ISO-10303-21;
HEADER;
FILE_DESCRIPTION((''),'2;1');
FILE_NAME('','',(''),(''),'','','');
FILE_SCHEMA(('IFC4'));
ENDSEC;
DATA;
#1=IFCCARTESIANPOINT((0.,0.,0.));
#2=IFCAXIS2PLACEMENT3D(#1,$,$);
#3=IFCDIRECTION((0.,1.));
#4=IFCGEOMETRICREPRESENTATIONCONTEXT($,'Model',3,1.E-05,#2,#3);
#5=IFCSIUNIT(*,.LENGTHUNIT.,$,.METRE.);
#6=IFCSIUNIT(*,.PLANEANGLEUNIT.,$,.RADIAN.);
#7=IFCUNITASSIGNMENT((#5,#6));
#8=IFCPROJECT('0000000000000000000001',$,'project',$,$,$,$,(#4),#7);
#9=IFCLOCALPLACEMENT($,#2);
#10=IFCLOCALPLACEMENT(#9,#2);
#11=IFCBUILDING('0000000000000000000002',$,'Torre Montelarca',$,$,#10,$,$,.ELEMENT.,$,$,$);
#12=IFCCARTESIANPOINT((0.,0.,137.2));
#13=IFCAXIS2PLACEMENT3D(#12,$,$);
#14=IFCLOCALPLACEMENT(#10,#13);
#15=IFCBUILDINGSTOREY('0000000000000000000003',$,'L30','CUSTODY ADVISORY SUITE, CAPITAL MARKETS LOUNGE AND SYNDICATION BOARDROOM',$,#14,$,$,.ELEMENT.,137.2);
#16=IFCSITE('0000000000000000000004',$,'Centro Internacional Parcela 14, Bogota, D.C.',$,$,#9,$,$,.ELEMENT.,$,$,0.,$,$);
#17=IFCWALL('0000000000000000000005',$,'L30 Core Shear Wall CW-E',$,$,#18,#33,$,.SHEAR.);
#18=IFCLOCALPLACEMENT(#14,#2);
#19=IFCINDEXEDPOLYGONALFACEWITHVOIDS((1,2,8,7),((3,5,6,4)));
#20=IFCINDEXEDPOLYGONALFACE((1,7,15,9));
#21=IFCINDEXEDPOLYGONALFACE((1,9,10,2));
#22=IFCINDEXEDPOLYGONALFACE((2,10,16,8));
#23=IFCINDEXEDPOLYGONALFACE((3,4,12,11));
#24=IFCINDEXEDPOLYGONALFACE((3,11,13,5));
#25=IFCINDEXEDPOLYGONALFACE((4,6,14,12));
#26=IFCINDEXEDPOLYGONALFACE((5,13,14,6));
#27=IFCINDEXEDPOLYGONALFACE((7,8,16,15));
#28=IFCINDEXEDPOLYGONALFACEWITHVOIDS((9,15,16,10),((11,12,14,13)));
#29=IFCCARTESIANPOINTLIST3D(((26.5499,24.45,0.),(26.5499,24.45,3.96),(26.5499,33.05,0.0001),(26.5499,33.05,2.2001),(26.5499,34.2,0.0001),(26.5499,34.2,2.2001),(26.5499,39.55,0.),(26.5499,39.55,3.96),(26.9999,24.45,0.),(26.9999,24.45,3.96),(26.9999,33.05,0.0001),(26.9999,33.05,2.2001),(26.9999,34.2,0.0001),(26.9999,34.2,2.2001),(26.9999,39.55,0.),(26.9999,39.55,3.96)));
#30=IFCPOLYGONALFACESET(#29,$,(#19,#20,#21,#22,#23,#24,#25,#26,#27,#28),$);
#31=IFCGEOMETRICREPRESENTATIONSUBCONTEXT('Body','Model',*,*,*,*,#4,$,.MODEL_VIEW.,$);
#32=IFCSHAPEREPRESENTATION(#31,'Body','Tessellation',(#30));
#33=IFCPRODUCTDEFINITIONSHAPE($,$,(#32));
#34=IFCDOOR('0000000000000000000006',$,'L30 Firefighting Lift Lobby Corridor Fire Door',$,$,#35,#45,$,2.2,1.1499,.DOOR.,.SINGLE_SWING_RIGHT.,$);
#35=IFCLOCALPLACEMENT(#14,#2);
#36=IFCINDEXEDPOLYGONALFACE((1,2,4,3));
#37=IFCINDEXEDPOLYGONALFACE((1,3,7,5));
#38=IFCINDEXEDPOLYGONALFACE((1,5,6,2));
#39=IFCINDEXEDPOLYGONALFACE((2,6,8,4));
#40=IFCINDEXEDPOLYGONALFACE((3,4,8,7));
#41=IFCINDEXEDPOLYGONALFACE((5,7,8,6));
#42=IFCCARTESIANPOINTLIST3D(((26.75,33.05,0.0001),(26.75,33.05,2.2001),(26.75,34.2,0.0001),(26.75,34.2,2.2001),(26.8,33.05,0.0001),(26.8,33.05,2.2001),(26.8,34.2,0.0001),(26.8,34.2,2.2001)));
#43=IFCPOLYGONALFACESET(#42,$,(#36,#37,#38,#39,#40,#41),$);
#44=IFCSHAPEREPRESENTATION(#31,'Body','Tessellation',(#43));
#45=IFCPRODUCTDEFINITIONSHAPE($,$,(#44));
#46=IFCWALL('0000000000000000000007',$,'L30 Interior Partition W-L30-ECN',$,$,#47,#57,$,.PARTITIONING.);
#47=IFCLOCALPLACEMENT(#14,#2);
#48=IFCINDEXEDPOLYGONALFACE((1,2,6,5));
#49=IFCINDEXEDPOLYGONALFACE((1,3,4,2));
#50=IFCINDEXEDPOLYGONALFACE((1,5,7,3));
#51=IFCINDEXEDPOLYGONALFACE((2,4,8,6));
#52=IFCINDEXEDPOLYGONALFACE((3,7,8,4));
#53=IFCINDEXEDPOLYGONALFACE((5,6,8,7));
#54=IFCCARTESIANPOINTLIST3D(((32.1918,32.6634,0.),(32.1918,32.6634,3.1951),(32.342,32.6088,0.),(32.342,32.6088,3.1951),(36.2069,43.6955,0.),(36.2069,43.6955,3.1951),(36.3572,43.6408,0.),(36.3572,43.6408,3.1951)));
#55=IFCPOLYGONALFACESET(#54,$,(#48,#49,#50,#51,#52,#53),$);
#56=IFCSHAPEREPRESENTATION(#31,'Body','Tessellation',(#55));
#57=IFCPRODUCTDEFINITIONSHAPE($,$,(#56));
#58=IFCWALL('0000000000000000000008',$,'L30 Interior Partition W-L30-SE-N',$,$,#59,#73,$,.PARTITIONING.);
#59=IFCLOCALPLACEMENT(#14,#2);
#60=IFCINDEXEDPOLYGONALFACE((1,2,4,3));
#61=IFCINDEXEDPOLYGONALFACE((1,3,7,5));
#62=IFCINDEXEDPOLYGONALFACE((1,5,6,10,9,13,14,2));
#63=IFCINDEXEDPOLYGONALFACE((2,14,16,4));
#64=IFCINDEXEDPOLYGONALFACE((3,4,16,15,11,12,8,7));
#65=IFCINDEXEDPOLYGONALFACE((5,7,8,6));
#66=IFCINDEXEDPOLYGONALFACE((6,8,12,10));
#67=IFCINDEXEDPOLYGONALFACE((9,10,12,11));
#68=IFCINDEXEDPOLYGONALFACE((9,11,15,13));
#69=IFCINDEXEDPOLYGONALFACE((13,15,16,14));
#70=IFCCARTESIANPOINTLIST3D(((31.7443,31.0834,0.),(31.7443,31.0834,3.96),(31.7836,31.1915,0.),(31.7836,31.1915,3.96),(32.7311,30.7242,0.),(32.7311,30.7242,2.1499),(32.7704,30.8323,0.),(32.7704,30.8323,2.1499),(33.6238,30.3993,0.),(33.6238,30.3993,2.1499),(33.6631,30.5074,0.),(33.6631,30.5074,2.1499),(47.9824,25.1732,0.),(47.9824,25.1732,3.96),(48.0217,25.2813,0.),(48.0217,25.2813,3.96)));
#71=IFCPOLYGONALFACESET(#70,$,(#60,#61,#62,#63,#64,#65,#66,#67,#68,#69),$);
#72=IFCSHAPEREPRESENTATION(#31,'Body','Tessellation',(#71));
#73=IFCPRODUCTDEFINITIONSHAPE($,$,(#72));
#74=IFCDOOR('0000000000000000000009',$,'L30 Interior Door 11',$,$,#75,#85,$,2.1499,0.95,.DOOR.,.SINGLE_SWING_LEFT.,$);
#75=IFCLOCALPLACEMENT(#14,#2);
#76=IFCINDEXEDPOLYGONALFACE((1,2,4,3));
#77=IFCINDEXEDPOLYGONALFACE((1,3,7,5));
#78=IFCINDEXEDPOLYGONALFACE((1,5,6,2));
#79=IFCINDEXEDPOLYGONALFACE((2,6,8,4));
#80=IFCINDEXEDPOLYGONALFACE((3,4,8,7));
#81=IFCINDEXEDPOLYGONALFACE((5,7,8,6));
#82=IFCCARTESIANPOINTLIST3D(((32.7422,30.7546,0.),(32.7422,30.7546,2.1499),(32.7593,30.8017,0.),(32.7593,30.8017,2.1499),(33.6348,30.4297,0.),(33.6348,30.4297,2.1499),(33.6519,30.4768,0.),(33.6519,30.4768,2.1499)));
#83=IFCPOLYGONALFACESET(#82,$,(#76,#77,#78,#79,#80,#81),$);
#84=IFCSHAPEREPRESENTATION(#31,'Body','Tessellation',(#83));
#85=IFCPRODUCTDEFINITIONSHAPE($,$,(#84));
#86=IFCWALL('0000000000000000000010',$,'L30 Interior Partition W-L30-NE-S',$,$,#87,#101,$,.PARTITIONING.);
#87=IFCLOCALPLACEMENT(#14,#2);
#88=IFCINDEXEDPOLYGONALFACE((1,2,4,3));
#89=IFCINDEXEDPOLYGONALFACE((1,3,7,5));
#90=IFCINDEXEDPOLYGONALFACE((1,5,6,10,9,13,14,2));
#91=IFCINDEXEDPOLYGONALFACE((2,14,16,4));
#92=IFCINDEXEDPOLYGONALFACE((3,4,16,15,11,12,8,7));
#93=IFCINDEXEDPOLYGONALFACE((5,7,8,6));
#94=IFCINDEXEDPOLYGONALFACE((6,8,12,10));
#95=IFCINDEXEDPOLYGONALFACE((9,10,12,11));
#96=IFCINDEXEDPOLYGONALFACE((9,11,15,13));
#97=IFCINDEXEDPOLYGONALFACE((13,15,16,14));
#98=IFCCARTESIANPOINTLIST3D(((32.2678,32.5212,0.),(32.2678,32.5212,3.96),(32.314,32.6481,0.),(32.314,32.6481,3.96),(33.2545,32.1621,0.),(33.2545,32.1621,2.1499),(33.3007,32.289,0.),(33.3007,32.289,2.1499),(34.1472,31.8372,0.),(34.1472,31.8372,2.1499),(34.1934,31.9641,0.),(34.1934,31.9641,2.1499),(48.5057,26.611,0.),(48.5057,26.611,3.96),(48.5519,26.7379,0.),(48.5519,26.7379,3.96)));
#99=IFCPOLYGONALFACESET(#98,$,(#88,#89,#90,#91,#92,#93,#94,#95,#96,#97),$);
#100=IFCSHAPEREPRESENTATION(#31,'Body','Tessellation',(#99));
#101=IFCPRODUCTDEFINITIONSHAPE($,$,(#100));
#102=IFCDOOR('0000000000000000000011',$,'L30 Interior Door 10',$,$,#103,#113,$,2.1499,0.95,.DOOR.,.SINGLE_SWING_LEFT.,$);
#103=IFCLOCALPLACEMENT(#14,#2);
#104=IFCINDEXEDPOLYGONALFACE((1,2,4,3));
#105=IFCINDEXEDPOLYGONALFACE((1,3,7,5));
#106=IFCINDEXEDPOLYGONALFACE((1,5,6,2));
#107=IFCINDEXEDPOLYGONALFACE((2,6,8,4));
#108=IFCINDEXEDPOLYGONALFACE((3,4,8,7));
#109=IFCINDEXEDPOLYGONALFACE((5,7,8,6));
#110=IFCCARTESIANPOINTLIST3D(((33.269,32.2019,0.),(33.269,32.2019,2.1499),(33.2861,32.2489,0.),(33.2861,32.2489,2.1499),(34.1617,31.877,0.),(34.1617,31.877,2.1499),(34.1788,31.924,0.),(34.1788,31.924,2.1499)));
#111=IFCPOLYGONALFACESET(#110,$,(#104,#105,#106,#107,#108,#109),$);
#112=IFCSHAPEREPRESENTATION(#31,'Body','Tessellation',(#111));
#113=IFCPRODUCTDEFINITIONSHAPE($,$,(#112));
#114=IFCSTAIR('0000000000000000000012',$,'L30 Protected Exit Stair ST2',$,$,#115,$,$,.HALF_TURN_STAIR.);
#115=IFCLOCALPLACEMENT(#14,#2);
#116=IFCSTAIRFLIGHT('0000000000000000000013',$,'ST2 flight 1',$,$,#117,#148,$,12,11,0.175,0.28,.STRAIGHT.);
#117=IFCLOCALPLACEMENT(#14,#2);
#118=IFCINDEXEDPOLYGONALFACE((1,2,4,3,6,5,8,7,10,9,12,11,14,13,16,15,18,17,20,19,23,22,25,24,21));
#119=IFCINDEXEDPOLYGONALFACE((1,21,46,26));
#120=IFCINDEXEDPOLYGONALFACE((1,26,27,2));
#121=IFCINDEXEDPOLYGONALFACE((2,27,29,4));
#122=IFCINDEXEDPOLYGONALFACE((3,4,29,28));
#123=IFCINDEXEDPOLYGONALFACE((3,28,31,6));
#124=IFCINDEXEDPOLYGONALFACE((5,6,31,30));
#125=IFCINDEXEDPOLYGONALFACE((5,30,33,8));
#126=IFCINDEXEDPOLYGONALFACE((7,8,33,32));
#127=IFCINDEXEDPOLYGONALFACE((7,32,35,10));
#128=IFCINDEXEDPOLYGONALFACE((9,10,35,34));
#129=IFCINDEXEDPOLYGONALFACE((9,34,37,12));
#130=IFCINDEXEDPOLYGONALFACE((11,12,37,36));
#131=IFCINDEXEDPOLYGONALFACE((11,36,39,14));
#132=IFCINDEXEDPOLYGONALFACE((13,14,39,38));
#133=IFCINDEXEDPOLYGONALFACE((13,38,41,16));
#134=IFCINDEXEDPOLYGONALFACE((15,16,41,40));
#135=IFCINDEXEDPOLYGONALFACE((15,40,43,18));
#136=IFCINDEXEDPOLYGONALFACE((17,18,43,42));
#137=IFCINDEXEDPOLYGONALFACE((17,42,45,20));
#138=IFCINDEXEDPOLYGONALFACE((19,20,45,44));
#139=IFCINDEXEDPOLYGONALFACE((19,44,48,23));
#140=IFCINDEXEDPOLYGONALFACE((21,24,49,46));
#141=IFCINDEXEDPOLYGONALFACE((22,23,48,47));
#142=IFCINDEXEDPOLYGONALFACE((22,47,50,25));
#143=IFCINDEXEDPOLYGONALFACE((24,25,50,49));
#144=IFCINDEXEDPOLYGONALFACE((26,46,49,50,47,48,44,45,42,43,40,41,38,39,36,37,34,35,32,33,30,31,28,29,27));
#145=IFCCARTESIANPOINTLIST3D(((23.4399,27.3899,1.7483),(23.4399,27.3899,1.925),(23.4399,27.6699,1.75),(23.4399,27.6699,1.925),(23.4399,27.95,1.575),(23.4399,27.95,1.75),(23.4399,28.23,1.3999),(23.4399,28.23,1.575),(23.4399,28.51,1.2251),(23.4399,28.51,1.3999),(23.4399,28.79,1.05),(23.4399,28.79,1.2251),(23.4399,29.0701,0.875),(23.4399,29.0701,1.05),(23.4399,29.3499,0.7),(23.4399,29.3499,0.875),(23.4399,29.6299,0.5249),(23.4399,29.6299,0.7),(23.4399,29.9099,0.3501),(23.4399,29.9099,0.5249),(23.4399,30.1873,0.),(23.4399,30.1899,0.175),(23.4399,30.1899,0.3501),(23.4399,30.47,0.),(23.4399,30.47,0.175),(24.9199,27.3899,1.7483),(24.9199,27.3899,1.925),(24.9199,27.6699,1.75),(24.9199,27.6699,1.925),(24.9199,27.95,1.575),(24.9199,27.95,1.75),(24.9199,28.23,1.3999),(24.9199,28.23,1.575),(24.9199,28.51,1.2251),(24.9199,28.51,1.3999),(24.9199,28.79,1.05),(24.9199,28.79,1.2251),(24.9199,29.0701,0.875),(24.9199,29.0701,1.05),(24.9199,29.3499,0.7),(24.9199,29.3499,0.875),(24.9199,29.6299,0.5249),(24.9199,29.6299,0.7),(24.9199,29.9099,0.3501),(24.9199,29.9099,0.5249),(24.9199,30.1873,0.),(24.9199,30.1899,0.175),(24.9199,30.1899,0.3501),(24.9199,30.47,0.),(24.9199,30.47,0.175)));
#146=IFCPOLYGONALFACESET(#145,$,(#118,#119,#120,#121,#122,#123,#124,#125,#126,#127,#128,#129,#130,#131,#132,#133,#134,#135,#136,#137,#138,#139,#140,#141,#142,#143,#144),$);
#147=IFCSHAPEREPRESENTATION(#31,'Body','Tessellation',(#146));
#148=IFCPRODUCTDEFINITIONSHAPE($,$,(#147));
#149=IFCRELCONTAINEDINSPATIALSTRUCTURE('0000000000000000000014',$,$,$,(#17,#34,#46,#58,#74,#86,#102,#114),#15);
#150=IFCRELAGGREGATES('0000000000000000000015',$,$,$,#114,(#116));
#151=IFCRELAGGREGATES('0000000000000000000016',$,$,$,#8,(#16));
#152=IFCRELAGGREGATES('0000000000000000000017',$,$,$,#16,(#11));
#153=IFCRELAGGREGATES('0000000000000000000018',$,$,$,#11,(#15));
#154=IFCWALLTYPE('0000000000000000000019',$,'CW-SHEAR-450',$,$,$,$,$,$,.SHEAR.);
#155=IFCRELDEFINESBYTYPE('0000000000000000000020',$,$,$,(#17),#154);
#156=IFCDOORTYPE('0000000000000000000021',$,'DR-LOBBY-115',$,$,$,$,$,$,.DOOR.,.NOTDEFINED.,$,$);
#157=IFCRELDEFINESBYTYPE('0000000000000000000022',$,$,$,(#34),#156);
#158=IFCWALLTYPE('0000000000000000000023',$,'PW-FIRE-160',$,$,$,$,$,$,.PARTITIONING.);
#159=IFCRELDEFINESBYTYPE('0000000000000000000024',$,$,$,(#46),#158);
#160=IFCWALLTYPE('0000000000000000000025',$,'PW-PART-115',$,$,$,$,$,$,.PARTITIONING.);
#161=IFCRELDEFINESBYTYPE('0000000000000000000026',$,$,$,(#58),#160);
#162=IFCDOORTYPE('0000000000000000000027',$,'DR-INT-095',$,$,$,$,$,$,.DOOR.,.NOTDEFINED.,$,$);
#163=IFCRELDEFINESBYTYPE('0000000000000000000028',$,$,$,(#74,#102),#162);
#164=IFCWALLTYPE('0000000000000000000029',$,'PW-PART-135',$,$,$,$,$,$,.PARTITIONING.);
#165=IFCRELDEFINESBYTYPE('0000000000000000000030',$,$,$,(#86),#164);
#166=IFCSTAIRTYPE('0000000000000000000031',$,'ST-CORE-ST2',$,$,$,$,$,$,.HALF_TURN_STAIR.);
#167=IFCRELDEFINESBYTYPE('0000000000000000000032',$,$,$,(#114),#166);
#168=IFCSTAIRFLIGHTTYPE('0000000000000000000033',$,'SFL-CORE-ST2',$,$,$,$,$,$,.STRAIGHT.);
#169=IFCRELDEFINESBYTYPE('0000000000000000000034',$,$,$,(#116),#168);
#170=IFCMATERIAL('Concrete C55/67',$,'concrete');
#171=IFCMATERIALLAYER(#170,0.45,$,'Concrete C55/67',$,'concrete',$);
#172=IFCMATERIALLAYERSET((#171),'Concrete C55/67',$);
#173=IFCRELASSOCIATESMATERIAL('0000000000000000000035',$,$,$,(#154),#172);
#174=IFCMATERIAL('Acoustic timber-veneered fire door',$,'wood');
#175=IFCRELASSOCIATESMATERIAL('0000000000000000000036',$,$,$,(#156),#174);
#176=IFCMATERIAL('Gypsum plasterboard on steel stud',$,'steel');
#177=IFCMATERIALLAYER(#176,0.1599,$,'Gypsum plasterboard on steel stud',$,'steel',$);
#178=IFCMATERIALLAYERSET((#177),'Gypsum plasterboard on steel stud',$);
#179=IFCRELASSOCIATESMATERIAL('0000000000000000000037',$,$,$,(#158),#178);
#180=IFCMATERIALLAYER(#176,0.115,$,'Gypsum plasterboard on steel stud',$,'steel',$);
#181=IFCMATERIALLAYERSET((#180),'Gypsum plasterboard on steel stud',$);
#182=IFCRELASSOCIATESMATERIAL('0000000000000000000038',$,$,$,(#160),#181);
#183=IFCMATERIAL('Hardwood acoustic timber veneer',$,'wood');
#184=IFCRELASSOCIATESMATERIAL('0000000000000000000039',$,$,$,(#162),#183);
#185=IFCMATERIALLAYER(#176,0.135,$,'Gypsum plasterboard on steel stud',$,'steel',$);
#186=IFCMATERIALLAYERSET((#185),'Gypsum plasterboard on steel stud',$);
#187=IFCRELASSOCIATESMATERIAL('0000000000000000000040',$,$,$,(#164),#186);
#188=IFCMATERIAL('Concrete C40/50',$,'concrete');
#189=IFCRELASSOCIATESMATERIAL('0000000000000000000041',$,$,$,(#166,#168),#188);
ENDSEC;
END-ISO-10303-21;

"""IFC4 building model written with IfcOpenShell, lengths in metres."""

from ifc_helpers import new_model, si_unit, direction, frame, frame_2d, origin, place, context, subcontext, project, spatial, polyline, rectangle, outline, extrude, source, transform, mapped, material, layer, layer_set, type_object, element, fill, aggregate, save


model = new_model("IFC4")

# Units and contexts
model_context = context("Model", 3, precision=1e-05, world=origin(), true_north=direction((0.0, 1.0)))
body_context = subcontext(model_context, "Body", "Model", "MODEL_VIEW")
ifc_project = project(units=[si_unit("LENGTHUNIT", "METRE"), si_unit("PLANEANGLEUNIT", "RADIAN")], contexts=[model_context])

# Site, building, storey
site_placement = place(None, origin())
site = spatial("IfcSite", under=ifc_project, at=site_placement, Name="Centro Internacional Parcela 14, Bogota, D.C.", CompositionType="ELEMENT", RefElevation=0.0)
building_placement = place(site_placement, origin())
building = spatial("IfcBuilding", under=site, at=building_placement, Name="Torre Montelarca", CompositionType="ELEMENT")
storey_placement = place(building_placement, frame((0.0, 0.0, 137.2)))
storey = spatial("IfcBuildingStorey", under=building, at=storey_placement, Name="L30", Description="CUSTODY ADVISORY SUITE, CAPITAL MARKETS LOUNGE AND SYNDICATION BOARDROOM", CompositionType="ELEMENT", Elevation=137.2)

# Shared definitions
ifc_material_1 = material(Name="Concrete C55/67", Category="concrete")

# Shared definitions
ifc_material_2 = material(Name="Concrete C40/50", Category="concrete")

# Wall, opening, door
ifc_layer_1 = layer(ifc_material_1, 0.45, Name="Concrete C55/67", Category="concrete")
ifc_layer_set_1 = layer_set([ifc_layer_1], Name="Concrete C55/67")
wall_type_1 = type_object("IfcWallType", Name="CW-SHEAR-450", PredefinedType="SHEAR", material=ifc_layer_set_1)
wall_1_placement = place(storey_placement, frame((26.7749, 24.45, 0.0), z_axis=(0.0, 0.0, 1.0), x_axis=(0.0, 1.0, 0.0)))
wall_1 = element("IfcWall", 1, at=wall_1_placement, inside=storey, type_object=wall_type_1, Name="L30 Core Shear Wall CW-E", PredefinedType="SHEAR", context=body_context, shape_type="SweptSolid", body=[
    extrude(rectangle(XDim=15.1001, YDim=0.45, at=frame_2d((7.55, 0.0))), origin(), (0.0, 0.0, 1.0), 3.96),
])
opening_1_placement = place(wall_1_placement, frame((8.6001, 0.0, 0.0)))
opening_1 = element("IfcOpeningElement", 2, at=opening_1_placement, cuts=wall_1, PredefinedType="OPENING", context=body_context, shape_type="SweptSolid", body=[
    extrude(rectangle(XDim=1.1499, YDim=2.2, at=frame_2d((0.575, 1.1001))), frame((0.0, 0.2349, 0.0), z_axis=(0.0, -1.0, 0.0), x_axis=(1.0, 0.0, 0.0)), (0.0, 0.0, 1.0), 0.47),
])
ifc_material_3 = material(Name="Acoustic timber-veneered fire door", Category="wood")
door_type_1 = type_object("IfcDoorType", Name="DR-LOBBY-115", OperationType="NOTDEFINED", PredefinedType="DOOR", material=ifc_material_3)
shared_shape_1 = source(origin(), body_context, "Body", "SweptSolid", [
    extrude(rectangle(XDim=1.1499, YDim=2.2, at=frame_2d((0.575, 1.1001))), frame((0.0, 0.0249, 0.0), z_axis=(0.0, -1.0, 0.0), x_axis=(1.0, 0.0, 0.0)), (0.0, 0.0, 1.0), 0.05),
])
door_1_placement = place(opening_1_placement, origin())
door_1 = element("IfcDoor", 3, at=door_1_placement, inside=storey, type_object=door_type_1, Name="L30 Firefighting Lift Lobby Corridor Fire Door", OperationType="SINGLE_SWING_RIGHT", OverallHeight=2.2, OverallWidth=1.1499, PredefinedType="DOOR", context=body_context, shape_type="MappedRepresentation", body=[
    mapped(shared_shape_1, transform((0.0, 0.0, 0.0), scale=1.0)),
])
fill(opening_1, door_1)

# Wall
ifc_material_4 = material(Name="Gypsum plasterboard on steel stud", Category="steel")
ifc_layer_2 = layer(ifc_material_4, 0.1599, Name="Gypsum plasterboard on steel stud", Category="steel")
ifc_layer_set_2 = layer_set([ifc_layer_2], Name="Gypsum plasterboard on steel stud")
wall_type_2 = type_object("IfcWallType", Name="PW-FIRE-160", PredefinedType="PARTITIONING", material=ifc_layer_set_2)
wall_2_placement = place(storey_placement, frame((32.2668, 32.636, 0.0), z_axis=(0.0, 0.0, 1.0), x_axis=(0.342007, 0.939697, 0.0)))
element("IfcWall", 4, at=wall_2_placement, inside=storey, type_object=wall_type_2, Name="L30 Interior Partition W-L30-ECN", PredefinedType="PARTITIONING", context=body_context, shape_type="SweptSolid", body=[
    extrude(rectangle(XDim=11.74, YDim=0.1599, at=frame_2d((5.8701, 0.0))), origin(), (0.0, 0.0, 1.0), 3.1951),
])

# Walls, openings, doors
ifc_layer_3 = layer(ifc_material_4, 0.115, Name="Gypsum plasterboard on steel stud", Category="steel")
ifc_layer_set_3 = layer_set([ifc_layer_3], Name="Gypsum plasterboard on steel stud")
wall_type_3 = type_object("IfcWallType", Name="PW-PART-115", PredefinedType="PARTITIONING", material=ifc_layer_set_3)
wall_3_placement = place(storey_placement, frame((31.7639, 31.1375, 0.0), z_axis=(0.0, 0.0, 1.0), x_axis=(0.939693, -0.34202, 0.0)))
wall_3 = element("IfcWall", 5, at=wall_3_placement, inside=storey, type_object=wall_type_3, Name="L30 Interior Partition W-L30-SE-N", PredefinedType="PARTITIONING", context=body_context, shape_type="SweptSolid", body=[
    extrude(rectangle(XDim=17.2803, YDim=0.115, at=frame_2d((8.6401, 0.0))), origin(), (0.0, 0.0, 1.0), 3.96),
])
opening_2_placement = place(wall_3_placement, frame((1.05, 0.0, 0.0)))
opening_2 = element("IfcOpeningElement", 6, at=opening_2_placement, cuts=wall_3, PredefinedType="OPENING", context=body_context, shape_type="SweptSolid", body=[
    extrude(rectangle(XDim=0.95, YDim=2.1499, at=frame_2d((0.4751, 1.075))), frame((0.0, 0.0674, 0.0), z_axis=(0.0, -1.0, 0.0), x_axis=(1.0, 0.0, 0.0)), (0.0, 0.0, 1.0), 0.135),
])
ifc_material_5 = material(Name="Hardwood acoustic timber veneer", Category="wood")
door_type_2 = type_object("IfcDoorType", Name="DR-INT-095", OperationType="NOTDEFINED", PredefinedType="DOOR", material=ifc_material_5)
shared_shape_2 = source(origin(), body_context, "Body", "SweptSolid", [
    extrude(rectangle(XDim=0.95, YDim=2.1499, at=frame_2d((0.4751, 1.075))), frame((0.0, 0.0249, 0.0), z_axis=(0.0, -1.0, 0.0), x_axis=(1.0, 0.0, 0.0)), (0.0, 0.0, 1.0), 0.05),
])
door_2_placement = place(opening_2_placement, origin())
door_2 = element("IfcDoor", 7, at=door_2_placement, inside=storey, type_object=door_type_2, Name="L30 Interior Door 11", OperationType="SINGLE_SWING_LEFT", OverallHeight=2.1499, OverallWidth=0.95, PredefinedType="DOOR", context=body_context, shape_type="MappedRepresentation", body=[
    mapped(shared_shape_2, transform((0.0, 0.0, 0.0), scale=1.0)),
])
fill(opening_2, door_2)
ifc_layer_4 = layer(ifc_material_4, 0.135, Name="Gypsum plasterboard on steel stud", Category="steel")
ifc_layer_set_4 = layer_set([ifc_layer_4], Name="Gypsum plasterboard on steel stud")
wall_type_4 = type_object("IfcWallType", Name="PW-PART-135", PredefinedType="PARTITIONING", material=ifc_layer_set_4)
wall_4_placement = place(storey_placement, frame((32.2908, 32.5847, 0.0), z_axis=(0.0, 0.0, 1.0), x_axis=(0.939691, -0.342024, 0.0)))
wall_4 = element("IfcWall", 8, at=wall_4_placement, inside=storey, type_object=wall_type_4, Name="L30 Interior Partition W-L30-NE-S", PredefinedType="PARTITIONING", context=body_context, shape_type="SweptSolid", body=[
    extrude(rectangle(XDim=17.28, YDim=0.135, at=frame_2d((8.6401, 0.0))), origin(), (0.0, 0.0, 1.0), 3.96),
])
opening_3_placement = place(wall_4_placement, frame((1.05, 0.0, 0.0)))
opening_3 = element("IfcOpeningElement", 9, at=opening_3_placement, cuts=wall_4, PredefinedType="OPENING", context=body_context, shape_type="SweptSolid", body=[
    extrude(rectangle(XDim=0.95, YDim=2.1499, at=frame_2d((0.4751, 1.075))), frame((0.0, 0.0776, 0.0), z_axis=(0.0, -1.0, 0.0), x_axis=(1.0, 0.0, 0.0)), (0.0, 0.0, 1.0), 0.155),
])
door_3_placement = place(opening_3_placement, origin())
door_3 = element("IfcDoor", 10, at=door_3_placement, inside=storey, type_object=door_type_2, Name="L30 Interior Door 10", OperationType="SINGLE_SWING_LEFT", OverallHeight=2.1499, OverallWidth=0.95, PredefinedType="DOOR", context=body_context, shape_type="MappedRepresentation", body=[
    mapped(shared_shape_2, transform((0.0, 0.0, 0.0), scale=1.0)),
])
fill(opening_3, door_3)

# Stair, stair flight
stair_type = type_object("IfcStairType", Name="ST-CORE-ST2", PredefinedType="HALF_TURN_STAIR", material=ifc_material_2)
stair_placement = place(storey_placement, origin())
stair = element("IfcStair", 11, at=stair_placement, inside=storey, type_object=stair_type, Name="L30 Protected Exit Stair ST2", PredefinedType="HALF_TURN_STAIR")
stair_flight_type = type_object("IfcStairFlightType", Name="SFL-CORE-ST2", PredefinedType="STRAIGHT", material=ifc_material_2)
stair_flight_1_placement = place(storey_placement, frame((24.1799, 30.47, 0.0), z_axis=(0.0, 0.0, 1.0), x_axis=(0.0, -1.0, 0.0)))
stair_flight_1 = element("IfcStairFlight", 12, at=stair_flight_1_placement, type_object=stair_flight_type, Name="ST2 flight 1", NumberOfRisers=12, NumberOfTreads=11, PredefinedType="STRAIGHT", RiserHeight=0.175, TreadLength=0.28, context=body_context, shape_type="SweptSolid", body=[
    extrude(outline(polyline([(0.0, 0.0), (0.0, 0.175), (0.28, 0.175), (0.28, 0.3501), (0.5601, 0.3501), (0.5601, 0.5249), (0.8401, 0.5249), (0.8401, 0.7), (1.1201, 0.7), (1.1201, 0.875), (1.3999, 0.875), (1.3999, 1.05), (1.6799, 1.05), (1.6799, 1.2251), (1.96, 1.2251), (1.96, 1.3999), (2.24, 1.3999), (2.24, 1.575), (2.52, 1.575), (2.52, 1.75), (2.8, 1.75), (2.8, 1.925), (3.0801, 1.925), (3.0801, 2.1001), (3.0801, 1.7483), (0.2827, 0.0), (0.0, 0.0)])), frame((0.0, 0.74, 0.0), z_axis=(0.0, -1.0, 0.0), x_axis=(1.0, 0.0, 0.0)), (0.0, 0.0, 1.0), 1.48),
])
aggregate(stair, [stair_flight_1])

save(model, "model.ifc")
